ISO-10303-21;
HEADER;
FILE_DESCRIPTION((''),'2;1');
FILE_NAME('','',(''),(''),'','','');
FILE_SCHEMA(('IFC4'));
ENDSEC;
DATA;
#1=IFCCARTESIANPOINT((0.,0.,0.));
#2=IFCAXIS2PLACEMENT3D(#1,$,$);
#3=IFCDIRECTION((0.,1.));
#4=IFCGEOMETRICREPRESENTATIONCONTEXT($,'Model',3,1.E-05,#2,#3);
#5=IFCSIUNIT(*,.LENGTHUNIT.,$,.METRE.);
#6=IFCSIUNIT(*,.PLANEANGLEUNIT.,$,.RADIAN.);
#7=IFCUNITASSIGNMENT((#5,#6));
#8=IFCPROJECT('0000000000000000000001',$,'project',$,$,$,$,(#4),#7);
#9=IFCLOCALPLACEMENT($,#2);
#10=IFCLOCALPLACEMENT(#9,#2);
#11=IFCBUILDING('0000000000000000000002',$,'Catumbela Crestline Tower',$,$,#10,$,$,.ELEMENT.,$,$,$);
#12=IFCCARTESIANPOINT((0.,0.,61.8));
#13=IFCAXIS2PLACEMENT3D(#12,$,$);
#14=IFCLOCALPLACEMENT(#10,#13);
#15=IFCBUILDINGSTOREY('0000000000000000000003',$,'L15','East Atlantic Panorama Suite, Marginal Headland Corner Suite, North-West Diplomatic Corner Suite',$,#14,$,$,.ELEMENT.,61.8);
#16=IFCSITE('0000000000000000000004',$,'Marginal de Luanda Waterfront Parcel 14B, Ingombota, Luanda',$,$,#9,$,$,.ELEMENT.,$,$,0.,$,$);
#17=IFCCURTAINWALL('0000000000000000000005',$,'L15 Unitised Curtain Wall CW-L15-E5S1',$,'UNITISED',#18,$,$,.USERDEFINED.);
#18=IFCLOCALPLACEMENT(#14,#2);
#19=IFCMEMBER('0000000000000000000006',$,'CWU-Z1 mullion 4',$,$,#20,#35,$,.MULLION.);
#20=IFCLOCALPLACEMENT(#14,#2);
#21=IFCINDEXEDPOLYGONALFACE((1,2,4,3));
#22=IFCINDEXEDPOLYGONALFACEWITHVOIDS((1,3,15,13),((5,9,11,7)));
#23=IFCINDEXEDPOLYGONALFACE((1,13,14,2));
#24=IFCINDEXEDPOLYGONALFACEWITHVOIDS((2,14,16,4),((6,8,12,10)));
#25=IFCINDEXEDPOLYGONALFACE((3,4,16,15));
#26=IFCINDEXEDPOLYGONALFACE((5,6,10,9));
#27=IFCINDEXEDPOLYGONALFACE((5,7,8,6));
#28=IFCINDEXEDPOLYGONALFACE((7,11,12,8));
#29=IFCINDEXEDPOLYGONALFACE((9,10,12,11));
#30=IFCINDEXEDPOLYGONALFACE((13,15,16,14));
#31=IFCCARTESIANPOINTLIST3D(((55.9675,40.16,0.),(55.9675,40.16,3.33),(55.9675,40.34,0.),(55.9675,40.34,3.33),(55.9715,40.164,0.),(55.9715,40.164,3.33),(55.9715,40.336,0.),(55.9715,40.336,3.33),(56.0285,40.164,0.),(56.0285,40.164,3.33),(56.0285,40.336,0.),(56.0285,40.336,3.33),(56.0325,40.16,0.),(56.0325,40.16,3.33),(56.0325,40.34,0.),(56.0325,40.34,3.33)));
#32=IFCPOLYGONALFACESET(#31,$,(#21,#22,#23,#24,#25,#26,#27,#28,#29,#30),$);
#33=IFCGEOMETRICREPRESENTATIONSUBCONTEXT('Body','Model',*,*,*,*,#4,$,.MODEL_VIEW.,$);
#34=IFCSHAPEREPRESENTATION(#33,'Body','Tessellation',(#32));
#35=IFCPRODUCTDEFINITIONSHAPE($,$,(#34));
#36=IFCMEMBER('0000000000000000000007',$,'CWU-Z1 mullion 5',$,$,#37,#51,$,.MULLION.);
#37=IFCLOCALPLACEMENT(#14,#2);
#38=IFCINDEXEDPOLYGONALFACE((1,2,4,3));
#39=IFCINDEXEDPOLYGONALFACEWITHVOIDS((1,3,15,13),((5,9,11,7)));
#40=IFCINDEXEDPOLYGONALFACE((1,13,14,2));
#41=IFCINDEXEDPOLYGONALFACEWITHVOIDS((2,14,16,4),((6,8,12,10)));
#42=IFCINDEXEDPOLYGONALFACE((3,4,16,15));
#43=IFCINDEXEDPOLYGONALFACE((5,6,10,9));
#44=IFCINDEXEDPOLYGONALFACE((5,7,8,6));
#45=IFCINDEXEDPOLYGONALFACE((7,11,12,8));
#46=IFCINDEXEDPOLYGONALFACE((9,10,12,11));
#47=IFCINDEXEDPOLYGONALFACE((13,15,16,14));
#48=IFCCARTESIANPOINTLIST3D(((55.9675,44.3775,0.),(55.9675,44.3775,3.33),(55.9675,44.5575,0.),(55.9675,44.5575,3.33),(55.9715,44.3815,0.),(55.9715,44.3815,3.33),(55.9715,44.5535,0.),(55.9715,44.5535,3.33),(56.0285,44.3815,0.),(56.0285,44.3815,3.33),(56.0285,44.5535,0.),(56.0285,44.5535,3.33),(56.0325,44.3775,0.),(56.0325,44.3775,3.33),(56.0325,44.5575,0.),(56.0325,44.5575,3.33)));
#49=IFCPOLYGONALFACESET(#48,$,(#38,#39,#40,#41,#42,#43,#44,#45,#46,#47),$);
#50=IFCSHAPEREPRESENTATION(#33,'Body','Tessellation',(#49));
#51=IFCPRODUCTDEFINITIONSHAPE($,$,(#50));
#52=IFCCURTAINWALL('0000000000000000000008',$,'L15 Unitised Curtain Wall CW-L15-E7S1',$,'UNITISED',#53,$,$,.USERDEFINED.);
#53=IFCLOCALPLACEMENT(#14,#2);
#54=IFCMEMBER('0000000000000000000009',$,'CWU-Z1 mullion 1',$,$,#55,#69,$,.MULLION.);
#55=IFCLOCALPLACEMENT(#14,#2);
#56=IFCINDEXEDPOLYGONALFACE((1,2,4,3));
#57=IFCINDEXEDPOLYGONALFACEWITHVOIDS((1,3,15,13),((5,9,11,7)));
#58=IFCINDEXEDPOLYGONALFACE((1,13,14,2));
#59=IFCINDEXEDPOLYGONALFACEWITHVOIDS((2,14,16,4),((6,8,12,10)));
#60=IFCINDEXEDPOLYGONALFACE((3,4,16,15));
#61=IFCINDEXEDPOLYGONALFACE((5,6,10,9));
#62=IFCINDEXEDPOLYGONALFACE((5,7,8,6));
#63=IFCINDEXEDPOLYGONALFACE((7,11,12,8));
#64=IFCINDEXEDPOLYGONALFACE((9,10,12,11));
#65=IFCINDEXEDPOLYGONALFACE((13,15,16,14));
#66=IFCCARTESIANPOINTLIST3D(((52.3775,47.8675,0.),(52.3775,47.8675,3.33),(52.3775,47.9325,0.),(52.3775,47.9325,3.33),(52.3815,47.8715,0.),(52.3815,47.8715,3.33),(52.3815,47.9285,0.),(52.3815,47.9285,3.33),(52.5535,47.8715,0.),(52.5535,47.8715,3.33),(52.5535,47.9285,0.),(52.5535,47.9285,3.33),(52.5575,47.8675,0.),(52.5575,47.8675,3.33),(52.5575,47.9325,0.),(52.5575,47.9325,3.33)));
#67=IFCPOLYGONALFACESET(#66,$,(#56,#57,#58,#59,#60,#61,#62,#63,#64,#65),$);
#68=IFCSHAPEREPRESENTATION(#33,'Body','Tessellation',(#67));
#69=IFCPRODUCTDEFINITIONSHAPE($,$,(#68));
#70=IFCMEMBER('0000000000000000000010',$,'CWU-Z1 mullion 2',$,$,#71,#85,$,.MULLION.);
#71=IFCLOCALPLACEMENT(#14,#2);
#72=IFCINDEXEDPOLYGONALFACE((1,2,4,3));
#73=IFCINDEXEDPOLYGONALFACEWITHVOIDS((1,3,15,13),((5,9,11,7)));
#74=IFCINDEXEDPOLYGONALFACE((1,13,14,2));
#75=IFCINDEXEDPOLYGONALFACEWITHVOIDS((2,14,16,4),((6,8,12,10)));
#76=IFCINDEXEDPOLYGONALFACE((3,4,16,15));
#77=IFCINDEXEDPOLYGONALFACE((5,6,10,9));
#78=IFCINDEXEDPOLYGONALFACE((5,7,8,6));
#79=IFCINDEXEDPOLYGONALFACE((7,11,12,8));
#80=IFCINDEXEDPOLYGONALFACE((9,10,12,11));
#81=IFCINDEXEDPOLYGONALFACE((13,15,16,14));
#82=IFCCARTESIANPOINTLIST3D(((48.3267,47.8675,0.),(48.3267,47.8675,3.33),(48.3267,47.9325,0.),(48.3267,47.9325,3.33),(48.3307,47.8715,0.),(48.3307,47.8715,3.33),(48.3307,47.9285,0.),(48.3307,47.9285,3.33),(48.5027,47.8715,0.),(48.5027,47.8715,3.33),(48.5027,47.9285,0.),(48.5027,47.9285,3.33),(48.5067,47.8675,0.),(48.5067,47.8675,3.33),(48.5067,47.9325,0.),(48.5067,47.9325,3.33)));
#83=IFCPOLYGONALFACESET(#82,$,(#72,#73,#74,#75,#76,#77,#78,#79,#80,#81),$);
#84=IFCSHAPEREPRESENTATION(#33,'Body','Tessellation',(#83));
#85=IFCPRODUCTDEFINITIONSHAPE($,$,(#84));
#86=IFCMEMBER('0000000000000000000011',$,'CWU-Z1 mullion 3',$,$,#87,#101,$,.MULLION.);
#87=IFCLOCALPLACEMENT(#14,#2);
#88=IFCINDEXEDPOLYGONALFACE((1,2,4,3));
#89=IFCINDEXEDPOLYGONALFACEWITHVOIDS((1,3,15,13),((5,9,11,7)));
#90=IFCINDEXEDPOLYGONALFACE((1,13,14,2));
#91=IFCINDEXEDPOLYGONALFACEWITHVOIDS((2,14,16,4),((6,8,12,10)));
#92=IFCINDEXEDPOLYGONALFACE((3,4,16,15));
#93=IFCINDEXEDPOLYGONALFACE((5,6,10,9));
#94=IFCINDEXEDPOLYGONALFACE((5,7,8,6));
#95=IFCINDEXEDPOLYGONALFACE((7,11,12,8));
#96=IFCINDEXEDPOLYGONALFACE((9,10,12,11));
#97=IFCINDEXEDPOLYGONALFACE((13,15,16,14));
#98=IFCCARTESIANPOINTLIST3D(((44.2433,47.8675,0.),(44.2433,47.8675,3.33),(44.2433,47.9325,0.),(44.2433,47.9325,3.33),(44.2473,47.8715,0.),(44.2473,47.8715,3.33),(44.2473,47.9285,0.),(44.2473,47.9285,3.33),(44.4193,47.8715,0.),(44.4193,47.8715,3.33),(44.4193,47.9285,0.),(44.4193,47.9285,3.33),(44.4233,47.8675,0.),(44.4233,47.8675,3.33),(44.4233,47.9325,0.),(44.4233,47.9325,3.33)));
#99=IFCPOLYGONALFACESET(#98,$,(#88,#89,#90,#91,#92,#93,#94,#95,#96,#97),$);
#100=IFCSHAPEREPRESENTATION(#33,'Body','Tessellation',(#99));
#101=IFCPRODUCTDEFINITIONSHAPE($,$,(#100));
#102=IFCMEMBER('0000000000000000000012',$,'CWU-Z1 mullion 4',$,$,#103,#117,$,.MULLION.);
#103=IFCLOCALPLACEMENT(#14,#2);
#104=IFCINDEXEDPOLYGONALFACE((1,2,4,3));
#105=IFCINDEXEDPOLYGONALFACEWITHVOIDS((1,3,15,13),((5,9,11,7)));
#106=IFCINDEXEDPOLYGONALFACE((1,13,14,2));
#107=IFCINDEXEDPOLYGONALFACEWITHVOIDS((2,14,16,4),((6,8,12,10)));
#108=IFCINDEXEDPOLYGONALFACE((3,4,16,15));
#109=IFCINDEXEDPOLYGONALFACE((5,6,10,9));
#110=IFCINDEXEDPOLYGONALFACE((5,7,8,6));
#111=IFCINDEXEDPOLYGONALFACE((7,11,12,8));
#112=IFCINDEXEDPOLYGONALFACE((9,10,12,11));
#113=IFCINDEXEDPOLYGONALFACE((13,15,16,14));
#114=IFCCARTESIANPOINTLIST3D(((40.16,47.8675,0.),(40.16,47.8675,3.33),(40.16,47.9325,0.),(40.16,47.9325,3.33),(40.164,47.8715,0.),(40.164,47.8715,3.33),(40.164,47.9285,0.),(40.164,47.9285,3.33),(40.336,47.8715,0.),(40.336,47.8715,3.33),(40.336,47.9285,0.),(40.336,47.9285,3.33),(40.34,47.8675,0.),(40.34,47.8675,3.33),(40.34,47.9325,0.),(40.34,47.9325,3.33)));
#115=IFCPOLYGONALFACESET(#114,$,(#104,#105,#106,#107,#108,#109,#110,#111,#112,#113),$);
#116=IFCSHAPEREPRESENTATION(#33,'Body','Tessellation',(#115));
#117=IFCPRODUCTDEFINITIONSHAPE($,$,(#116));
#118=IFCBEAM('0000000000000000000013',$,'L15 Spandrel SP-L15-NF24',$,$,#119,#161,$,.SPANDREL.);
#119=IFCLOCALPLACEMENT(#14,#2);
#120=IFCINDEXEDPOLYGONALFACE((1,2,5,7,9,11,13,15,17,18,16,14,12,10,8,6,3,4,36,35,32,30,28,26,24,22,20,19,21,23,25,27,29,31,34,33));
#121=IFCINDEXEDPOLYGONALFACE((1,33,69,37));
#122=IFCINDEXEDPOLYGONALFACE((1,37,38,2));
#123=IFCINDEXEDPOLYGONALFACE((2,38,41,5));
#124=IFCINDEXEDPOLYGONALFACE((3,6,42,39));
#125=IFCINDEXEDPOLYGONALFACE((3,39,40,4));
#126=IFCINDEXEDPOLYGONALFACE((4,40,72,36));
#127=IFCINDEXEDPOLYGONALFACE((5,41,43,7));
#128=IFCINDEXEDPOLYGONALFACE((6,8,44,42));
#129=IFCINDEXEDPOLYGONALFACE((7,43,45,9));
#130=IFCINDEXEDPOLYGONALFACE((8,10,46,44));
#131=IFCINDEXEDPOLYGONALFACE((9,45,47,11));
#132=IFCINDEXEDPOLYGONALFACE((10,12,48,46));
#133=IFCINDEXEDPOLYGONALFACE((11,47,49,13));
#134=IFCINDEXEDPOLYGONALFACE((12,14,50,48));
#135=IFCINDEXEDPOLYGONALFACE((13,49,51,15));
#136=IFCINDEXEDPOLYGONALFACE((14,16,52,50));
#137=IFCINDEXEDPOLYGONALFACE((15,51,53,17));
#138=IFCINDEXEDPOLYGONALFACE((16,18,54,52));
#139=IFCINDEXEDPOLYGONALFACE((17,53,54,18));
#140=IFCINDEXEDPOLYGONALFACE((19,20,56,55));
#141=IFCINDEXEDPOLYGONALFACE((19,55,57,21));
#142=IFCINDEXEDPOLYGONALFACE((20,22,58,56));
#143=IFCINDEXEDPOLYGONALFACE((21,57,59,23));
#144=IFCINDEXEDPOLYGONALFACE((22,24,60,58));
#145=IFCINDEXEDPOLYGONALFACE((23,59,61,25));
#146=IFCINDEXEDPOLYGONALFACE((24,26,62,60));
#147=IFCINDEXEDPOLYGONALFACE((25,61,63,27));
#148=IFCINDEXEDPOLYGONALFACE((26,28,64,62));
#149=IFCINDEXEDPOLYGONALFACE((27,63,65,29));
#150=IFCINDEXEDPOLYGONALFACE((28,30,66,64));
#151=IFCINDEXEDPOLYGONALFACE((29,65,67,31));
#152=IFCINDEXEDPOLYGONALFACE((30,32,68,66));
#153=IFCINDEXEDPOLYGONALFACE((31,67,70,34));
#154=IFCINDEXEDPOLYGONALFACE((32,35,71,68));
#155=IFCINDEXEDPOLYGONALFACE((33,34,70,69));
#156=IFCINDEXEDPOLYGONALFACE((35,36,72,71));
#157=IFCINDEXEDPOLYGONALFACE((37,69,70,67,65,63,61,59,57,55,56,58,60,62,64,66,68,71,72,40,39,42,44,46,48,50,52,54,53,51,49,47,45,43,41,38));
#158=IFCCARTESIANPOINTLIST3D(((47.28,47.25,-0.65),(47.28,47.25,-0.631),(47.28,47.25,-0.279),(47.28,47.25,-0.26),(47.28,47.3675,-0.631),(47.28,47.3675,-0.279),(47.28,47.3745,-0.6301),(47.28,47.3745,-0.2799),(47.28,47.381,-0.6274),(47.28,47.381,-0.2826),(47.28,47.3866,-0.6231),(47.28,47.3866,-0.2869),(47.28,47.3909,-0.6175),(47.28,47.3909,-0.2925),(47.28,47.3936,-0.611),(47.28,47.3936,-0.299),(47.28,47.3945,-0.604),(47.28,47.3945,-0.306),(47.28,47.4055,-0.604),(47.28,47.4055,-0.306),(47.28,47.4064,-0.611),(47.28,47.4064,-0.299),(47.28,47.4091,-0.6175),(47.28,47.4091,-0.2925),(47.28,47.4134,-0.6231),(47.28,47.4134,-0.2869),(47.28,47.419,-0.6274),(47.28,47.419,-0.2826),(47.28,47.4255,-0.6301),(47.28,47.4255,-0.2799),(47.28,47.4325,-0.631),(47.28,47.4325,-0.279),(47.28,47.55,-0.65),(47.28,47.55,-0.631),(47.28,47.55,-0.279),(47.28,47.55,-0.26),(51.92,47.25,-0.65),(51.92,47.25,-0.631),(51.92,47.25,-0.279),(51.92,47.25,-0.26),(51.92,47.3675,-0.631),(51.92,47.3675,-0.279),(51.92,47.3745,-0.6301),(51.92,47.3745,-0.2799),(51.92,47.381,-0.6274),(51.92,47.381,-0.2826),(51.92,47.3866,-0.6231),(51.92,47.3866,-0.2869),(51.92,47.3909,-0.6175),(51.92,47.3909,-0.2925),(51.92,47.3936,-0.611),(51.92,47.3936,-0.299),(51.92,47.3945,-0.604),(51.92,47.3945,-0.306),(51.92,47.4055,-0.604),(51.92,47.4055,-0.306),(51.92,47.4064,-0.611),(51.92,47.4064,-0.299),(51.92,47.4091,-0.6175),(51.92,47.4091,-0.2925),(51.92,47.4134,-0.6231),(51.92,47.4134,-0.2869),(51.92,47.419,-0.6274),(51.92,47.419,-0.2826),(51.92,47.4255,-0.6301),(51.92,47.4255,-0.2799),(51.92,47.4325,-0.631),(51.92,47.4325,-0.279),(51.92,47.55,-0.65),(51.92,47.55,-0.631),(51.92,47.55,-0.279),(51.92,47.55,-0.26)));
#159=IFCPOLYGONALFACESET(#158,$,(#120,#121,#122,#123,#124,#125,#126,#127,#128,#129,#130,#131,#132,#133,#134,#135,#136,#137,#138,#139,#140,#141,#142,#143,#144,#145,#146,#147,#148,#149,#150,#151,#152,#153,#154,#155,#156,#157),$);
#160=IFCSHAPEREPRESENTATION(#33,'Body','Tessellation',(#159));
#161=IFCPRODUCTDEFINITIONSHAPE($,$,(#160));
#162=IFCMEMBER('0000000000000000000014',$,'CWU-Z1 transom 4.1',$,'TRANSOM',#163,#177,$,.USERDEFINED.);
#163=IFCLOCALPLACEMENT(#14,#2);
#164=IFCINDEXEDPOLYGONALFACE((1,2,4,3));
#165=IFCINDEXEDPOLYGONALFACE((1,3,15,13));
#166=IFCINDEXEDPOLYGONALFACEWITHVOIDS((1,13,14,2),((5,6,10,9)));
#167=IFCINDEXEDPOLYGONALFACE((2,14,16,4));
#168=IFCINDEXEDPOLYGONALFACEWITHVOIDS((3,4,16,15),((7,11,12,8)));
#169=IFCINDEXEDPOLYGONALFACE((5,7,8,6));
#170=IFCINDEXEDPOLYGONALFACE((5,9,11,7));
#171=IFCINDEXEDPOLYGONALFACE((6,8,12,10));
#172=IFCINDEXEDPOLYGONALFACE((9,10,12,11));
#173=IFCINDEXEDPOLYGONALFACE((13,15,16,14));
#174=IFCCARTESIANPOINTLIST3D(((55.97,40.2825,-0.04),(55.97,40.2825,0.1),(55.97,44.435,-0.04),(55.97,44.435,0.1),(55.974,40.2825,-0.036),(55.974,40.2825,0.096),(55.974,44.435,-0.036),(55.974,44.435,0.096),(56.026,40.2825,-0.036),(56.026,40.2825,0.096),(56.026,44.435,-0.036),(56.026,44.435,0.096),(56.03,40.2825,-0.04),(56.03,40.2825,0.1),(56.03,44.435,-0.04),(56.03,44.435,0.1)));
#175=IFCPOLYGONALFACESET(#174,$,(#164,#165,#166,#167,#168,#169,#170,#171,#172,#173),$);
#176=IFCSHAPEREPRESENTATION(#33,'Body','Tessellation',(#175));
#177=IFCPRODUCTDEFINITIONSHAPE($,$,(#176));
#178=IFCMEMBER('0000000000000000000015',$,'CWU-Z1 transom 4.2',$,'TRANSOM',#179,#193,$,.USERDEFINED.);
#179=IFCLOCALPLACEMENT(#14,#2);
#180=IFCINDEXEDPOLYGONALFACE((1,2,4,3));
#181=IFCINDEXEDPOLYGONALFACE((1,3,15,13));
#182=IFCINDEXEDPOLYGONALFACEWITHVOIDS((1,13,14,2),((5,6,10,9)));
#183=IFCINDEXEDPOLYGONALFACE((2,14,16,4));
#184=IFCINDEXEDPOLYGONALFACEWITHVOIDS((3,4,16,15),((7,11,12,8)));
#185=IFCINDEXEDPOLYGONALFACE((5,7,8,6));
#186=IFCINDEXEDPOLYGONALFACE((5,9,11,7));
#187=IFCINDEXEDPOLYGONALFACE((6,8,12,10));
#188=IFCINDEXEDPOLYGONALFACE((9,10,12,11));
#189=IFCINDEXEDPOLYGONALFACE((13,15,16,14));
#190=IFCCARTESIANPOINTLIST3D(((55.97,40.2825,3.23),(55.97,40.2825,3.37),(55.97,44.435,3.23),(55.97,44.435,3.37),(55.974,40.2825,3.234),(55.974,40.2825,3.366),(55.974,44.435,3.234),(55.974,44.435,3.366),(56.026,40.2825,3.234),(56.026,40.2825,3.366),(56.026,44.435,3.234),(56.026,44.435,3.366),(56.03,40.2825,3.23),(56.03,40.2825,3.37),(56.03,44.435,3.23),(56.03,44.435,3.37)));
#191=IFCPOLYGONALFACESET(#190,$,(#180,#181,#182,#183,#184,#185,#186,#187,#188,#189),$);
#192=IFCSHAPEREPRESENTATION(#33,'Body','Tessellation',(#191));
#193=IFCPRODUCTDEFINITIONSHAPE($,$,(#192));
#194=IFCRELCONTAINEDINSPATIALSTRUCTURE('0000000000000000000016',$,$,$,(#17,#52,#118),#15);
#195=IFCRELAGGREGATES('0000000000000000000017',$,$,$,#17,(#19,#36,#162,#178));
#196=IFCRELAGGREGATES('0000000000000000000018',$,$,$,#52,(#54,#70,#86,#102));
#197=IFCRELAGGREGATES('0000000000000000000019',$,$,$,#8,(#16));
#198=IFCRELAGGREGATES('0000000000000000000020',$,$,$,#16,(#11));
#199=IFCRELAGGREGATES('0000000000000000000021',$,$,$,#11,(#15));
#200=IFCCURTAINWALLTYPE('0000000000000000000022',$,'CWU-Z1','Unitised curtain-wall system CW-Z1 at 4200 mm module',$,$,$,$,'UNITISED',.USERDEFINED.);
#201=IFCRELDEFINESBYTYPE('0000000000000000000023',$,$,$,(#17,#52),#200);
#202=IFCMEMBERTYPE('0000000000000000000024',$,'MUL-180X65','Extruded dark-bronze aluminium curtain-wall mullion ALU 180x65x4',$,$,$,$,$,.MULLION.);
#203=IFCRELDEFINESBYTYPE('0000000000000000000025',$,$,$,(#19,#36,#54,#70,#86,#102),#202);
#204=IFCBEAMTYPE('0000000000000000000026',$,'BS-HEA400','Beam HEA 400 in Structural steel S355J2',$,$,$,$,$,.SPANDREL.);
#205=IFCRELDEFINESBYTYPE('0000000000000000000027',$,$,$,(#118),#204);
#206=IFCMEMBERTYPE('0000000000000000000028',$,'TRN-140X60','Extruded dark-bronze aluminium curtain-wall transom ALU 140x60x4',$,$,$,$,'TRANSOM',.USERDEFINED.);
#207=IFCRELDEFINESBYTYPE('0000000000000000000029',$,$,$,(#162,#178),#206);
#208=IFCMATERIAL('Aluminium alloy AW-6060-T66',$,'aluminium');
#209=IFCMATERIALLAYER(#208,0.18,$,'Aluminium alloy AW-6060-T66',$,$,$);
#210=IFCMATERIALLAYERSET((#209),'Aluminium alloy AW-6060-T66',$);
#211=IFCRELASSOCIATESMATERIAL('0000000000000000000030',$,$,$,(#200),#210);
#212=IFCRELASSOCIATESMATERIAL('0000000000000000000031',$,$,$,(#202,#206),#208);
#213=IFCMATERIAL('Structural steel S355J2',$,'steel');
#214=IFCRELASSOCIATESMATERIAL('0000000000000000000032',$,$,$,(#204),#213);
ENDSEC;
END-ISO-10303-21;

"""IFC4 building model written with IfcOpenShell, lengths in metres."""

from ifc_helpers import new_model, si_unit, direction, frame, origin, origin_2d, place, context, subcontext, project, spatial, hollow_rectangle, i_section, extrude, material, layer, layer_set, material_profile, profile_set, type_object, element, aggregate, save


model = new_model("IFC4")

# Units and contexts
model_context = context("Model", 3, precision=1e-05, world=origin(), true_north=direction((0.0, 1.0)))
body_context = subcontext(model_context, "Body", "Model", "MODEL_VIEW")
ifc_project = project(units=[si_unit("LENGTHUNIT", "METRE"), si_unit("PLANEANGLEUNIT", "RADIAN")], contexts=[model_context])

# Site, building, storey
site_placement = place(None, origin())
site = spatial("IfcSite", under=ifc_project, at=site_placement, Name="Marginal de Luanda Waterfront Parcel 14B, Ingombota, Luanda", CompositionType="ELEMENT", RefElevation=0.0)
building_placement = place(site_placement, origin())
building = spatial("IfcBuilding", under=site, at=building_placement, Name="Catumbela Crestline Tower", CompositionType="ELEMENT")
storey_placement = place(building_placement, frame((0.0, 0.0, 61.8)))
storey = spatial("IfcBuildingStorey", under=building, at=storey_placement, Name="L15", Description="East Atlantic Panorama Suite, Marginal Headland Corner Suite, North-West Diplomatic Corner Suite", CompositionType="ELEMENT", Elevation=61.8)

# Curtain walls, members
ifc_material_1 = material(Name="Aluminium alloy AW-6060-T66", Category="aluminium")
ifc_layer_1 = layer(ifc_material_1, 0.18, Name="Aluminium alloy AW-6060-T66")
ifc_layer_set_1 = layer_set([ifc_layer_1], Name="Aluminium alloy AW-6060-T66")
curtain_wall_type = type_object("IfcCurtainWallType", Name="CWU-Z1", Description="Unitised curtain-wall system CW-Z1 at 4200 mm module", ElementType="UNITISED", PredefinedType="USERDEFINED", material=ifc_layer_set_1)
curtain_wall_1_placement = place(storey_placement, origin())
curtain_wall_1 = element("IfcCurtainWall", 1, at=curtain_wall_1_placement, inside=storey, type_object=curtain_wall_type, Name="L15 Unitised Curtain Wall CW-L15-E5S1", ObjectType="UNITISED", PredefinedType="USERDEFINED")
ifc_material_profile_1 = material_profile(ifc_material_1, hollow_rectangle(XDim=0.065, YDim=0.18, WallThickness=0.004, at=origin_2d()), Name="ALU 180x65x4")
ifc_profile_set_1 = profile_set([ifc_material_profile_1], Name="Aluminium alloy AW-6060-T66")
member_type_1 = type_object("IfcMemberType", Name="MUL-180X65", Description="Extruded dark-bronze aluminium curtain-wall mullion ALU 180x65x4", PredefinedType="MULLION", material=ifc_profile_set_1)
member_1_placement = place(storey_placement, frame((56.0, 40.25, 0.0), z_axis=(0.0, 0.0, 1.0), x_axis=(-1.0, 0.0, 0.0)))
member_1 = element("IfcMember", 2, at=member_1_placement, type_object=member_type_1, Name="CWU-Z1 mullion 4", PredefinedType="MULLION", context=body_context, shape_type="SweptSolid", body=[
    extrude(hollow_rectangle(XDim=0.065, YDim=0.18, WallThickness=0.004, at=origin_2d()), origin(), (0.0, 0.0, 1.0), 3.33),
])
member_2_placement = place(storey_placement, frame((56.0, 44.4675, 0.0), z_axis=(0.0, 0.0, 1.0), x_axis=(-1.0, 0.0, 0.0)))
member_2 = element("IfcMember", 3, at=member_2_placement, type_object=member_type_1, Name="CWU-Z1 mullion 5", PredefinedType="MULLION", context=body_context, shape_type="SweptSolid", body=[
    extrude(hollow_rectangle(XDim=0.065, YDim=0.18, WallThickness=0.004, at=origin_2d()), origin(), (0.0, 0.0, 1.0), 3.33),
])
curtain_wall_2_placement = place(storey_placement, origin())
curtain_wall_2 = element("IfcCurtainWall", 4, at=curtain_wall_2_placement, inside=storey, type_object=curtain_wall_type, Name="L15 Unitised Curtain Wall CW-L15-E7S1", ObjectType="UNITISED", PredefinedType="USERDEFINED")
member_3_placement = place(storey_placement, frame((52.4675, 47.9, 0.0), z_axis=(0.0, 0.0, 1.0), x_axis=(0.0, -1.0, 0.0)))
member_3 = element("IfcMember", 5, at=member_3_placement, type_object=member_type_1, Name="CWU-Z1 mullion 1", PredefinedType="MULLION", context=body_context, shape_type="SweptSolid", body=[
    extrude(hollow_rectangle(XDim=0.065, YDim=0.18, WallThickness=0.004, at=origin_2d()), origin(), (0.0, 0.0, 1.0), 3.33),
])
member_4_placement = place(storey_placement, frame((48.4167, 47.9, 0.0), z_axis=(0.0, 0.0, 1.0), x_axis=(0.0, -1.0, 0.0)))
member_4 = element("IfcMember", 6, at=member_4_placement, type_object=member_type_1, Name="CWU-Z1 mullion 2", PredefinedType="MULLION", context=body_context, shape_type="SweptSolid", body=[
    extrude(hollow_rectangle(XDim=0.065, YDim=0.18, WallThickness=0.004, at=origin_2d()), origin(), (0.0, 0.0, 1.0), 3.33),
])
member_5_placement = place(storey_placement, frame((44.3333, 47.9, 0.0), z_axis=(0.0, 0.0, 1.0), x_axis=(0.0, -1.0, 0.0)))
member_5 = element("IfcMember", 7, at=member_5_placement, type_object=member_type_1, Name="CWU-Z1 mullion 3", PredefinedType="MULLION", context=body_context, shape_type="SweptSolid", body=[
    extrude(hollow_rectangle(XDim=0.065, YDim=0.18, WallThickness=0.004, at=origin_2d()), origin(), (0.0, 0.0, 1.0), 3.33),
])
member_6_placement = place(storey_placement, frame((40.25, 47.9, 0.0), z_axis=(0.0, 0.0, 1.0), x_axis=(0.0, -1.0, 0.0)))
member_6 = element("IfcMember", 8, at=member_6_placement, type_object=member_type_1, Name="CWU-Z1 mullion 4", PredefinedType="MULLION", context=body_context, shape_type="SweptSolid", body=[
    extrude(hollow_rectangle(XDim=0.065, YDim=0.18, WallThickness=0.004, at=origin_2d()), origin(), (0.0, 0.0, 1.0), 3.33),
])

# Beam
ifc_material_2 = material(Name="Structural steel S355J2", Category="steel")
ifc_material_profile_2 = material_profile(ifc_material_2, i_section(OverallWidth=0.3, OverallDepth=0.39, WebThickness=0.011, FlangeThickness=0.019, FilletRadius=0.027, at=origin_2d()), Name="HEA 400")
ifc_profile_set_2 = profile_set([ifc_material_profile_2], Name="Structural steel S355J2")
beam_type = type_object("IfcBeamType", Name="BS-HEA400", Description="Beam HEA 400 in Structural steel S355J2", PredefinedType="SPANDREL", material=ifc_profile_set_2)
beam_placement = place(storey_placement, frame((47.28, 47.4, -0.455), z_axis=(1.0, 0.0, 0.0), x_axis=(0.0, 1.0, 0.0)))
element("IfcBeam", 9, at=beam_placement, inside=storey, type_object=beam_type, Name="L15 Spandrel SP-L15-NF24", PredefinedType="SPANDREL", context=body_context, shape_type="SweptSolid", body=[
    extrude(i_section(OverallWidth=0.3, OverallDepth=0.39, WebThickness=0.011, FlangeThickness=0.019, FilletRadius=0.027, at=origin_2d()), origin(), (0.0, 0.0, 1.0), 4.64),
])

# Members
ifc_material_profile_3 = material_profile(ifc_material_1, hollow_rectangle(XDim=0.06, YDim=0.14, WallThickness=0.004, at=origin_2d()), Name="ALU 140x60x4")
ifc_profile_set_3 = profile_set([ifc_material_profile_3], Name="Aluminium alloy AW-6060-T66")
member_type_2 = type_object("IfcMemberType", Name="TRN-140X60", Description="Extruded dark-bronze aluminium curtain-wall transom ALU 140x60x4", ElementType="TRANSOM", PredefinedType="USERDEFINED", material=ifc_profile_set_3)
member_7_placement = place(storey_placement, frame((56.0, 40.2825, 0.03), z_axis=(0.0, 1.0, 0.0), x_axis=(-1.0, 0.0, 0.0)))
member_7 = element("IfcMember", 10, at=member_7_placement, type_object=member_type_2, Name="CWU-Z1 transom 4.1", ObjectType="TRANSOM", PredefinedType="USERDEFINED", context=body_context, shape_type="SweptSolid", body=[
    extrude(hollow_rectangle(XDim=0.06, YDim=0.14, WallThickness=0.004, at=origin_2d()), origin(), (0.0, 0.0, 1.0), 4.1525),
])
member_8_placement = place(storey_placement, frame((56.0, 40.2825, 3.3), z_axis=(0.0, 1.0, 0.0), x_axis=(-1.0, 0.0, 0.0)))
member_8 = element("IfcMember", 11, at=member_8_placement, type_object=member_type_2, Name="CWU-Z1 transom 4.2", ObjectType="TRANSOM", PredefinedType="USERDEFINED", context=body_context, shape_type="SweptSolid", body=[
    extrude(hollow_rectangle(XDim=0.06, YDim=0.14, WallThickness=0.004, at=origin_2d()), origin(), (0.0, 0.0, 1.0), 4.1525),
])

aggregate(curtain_wall_1, [member_1, member_2, member_7, member_8])
aggregate(curtain_wall_2, [member_3, member_4, member_5, member_6])

save(model, "model.ifc")
